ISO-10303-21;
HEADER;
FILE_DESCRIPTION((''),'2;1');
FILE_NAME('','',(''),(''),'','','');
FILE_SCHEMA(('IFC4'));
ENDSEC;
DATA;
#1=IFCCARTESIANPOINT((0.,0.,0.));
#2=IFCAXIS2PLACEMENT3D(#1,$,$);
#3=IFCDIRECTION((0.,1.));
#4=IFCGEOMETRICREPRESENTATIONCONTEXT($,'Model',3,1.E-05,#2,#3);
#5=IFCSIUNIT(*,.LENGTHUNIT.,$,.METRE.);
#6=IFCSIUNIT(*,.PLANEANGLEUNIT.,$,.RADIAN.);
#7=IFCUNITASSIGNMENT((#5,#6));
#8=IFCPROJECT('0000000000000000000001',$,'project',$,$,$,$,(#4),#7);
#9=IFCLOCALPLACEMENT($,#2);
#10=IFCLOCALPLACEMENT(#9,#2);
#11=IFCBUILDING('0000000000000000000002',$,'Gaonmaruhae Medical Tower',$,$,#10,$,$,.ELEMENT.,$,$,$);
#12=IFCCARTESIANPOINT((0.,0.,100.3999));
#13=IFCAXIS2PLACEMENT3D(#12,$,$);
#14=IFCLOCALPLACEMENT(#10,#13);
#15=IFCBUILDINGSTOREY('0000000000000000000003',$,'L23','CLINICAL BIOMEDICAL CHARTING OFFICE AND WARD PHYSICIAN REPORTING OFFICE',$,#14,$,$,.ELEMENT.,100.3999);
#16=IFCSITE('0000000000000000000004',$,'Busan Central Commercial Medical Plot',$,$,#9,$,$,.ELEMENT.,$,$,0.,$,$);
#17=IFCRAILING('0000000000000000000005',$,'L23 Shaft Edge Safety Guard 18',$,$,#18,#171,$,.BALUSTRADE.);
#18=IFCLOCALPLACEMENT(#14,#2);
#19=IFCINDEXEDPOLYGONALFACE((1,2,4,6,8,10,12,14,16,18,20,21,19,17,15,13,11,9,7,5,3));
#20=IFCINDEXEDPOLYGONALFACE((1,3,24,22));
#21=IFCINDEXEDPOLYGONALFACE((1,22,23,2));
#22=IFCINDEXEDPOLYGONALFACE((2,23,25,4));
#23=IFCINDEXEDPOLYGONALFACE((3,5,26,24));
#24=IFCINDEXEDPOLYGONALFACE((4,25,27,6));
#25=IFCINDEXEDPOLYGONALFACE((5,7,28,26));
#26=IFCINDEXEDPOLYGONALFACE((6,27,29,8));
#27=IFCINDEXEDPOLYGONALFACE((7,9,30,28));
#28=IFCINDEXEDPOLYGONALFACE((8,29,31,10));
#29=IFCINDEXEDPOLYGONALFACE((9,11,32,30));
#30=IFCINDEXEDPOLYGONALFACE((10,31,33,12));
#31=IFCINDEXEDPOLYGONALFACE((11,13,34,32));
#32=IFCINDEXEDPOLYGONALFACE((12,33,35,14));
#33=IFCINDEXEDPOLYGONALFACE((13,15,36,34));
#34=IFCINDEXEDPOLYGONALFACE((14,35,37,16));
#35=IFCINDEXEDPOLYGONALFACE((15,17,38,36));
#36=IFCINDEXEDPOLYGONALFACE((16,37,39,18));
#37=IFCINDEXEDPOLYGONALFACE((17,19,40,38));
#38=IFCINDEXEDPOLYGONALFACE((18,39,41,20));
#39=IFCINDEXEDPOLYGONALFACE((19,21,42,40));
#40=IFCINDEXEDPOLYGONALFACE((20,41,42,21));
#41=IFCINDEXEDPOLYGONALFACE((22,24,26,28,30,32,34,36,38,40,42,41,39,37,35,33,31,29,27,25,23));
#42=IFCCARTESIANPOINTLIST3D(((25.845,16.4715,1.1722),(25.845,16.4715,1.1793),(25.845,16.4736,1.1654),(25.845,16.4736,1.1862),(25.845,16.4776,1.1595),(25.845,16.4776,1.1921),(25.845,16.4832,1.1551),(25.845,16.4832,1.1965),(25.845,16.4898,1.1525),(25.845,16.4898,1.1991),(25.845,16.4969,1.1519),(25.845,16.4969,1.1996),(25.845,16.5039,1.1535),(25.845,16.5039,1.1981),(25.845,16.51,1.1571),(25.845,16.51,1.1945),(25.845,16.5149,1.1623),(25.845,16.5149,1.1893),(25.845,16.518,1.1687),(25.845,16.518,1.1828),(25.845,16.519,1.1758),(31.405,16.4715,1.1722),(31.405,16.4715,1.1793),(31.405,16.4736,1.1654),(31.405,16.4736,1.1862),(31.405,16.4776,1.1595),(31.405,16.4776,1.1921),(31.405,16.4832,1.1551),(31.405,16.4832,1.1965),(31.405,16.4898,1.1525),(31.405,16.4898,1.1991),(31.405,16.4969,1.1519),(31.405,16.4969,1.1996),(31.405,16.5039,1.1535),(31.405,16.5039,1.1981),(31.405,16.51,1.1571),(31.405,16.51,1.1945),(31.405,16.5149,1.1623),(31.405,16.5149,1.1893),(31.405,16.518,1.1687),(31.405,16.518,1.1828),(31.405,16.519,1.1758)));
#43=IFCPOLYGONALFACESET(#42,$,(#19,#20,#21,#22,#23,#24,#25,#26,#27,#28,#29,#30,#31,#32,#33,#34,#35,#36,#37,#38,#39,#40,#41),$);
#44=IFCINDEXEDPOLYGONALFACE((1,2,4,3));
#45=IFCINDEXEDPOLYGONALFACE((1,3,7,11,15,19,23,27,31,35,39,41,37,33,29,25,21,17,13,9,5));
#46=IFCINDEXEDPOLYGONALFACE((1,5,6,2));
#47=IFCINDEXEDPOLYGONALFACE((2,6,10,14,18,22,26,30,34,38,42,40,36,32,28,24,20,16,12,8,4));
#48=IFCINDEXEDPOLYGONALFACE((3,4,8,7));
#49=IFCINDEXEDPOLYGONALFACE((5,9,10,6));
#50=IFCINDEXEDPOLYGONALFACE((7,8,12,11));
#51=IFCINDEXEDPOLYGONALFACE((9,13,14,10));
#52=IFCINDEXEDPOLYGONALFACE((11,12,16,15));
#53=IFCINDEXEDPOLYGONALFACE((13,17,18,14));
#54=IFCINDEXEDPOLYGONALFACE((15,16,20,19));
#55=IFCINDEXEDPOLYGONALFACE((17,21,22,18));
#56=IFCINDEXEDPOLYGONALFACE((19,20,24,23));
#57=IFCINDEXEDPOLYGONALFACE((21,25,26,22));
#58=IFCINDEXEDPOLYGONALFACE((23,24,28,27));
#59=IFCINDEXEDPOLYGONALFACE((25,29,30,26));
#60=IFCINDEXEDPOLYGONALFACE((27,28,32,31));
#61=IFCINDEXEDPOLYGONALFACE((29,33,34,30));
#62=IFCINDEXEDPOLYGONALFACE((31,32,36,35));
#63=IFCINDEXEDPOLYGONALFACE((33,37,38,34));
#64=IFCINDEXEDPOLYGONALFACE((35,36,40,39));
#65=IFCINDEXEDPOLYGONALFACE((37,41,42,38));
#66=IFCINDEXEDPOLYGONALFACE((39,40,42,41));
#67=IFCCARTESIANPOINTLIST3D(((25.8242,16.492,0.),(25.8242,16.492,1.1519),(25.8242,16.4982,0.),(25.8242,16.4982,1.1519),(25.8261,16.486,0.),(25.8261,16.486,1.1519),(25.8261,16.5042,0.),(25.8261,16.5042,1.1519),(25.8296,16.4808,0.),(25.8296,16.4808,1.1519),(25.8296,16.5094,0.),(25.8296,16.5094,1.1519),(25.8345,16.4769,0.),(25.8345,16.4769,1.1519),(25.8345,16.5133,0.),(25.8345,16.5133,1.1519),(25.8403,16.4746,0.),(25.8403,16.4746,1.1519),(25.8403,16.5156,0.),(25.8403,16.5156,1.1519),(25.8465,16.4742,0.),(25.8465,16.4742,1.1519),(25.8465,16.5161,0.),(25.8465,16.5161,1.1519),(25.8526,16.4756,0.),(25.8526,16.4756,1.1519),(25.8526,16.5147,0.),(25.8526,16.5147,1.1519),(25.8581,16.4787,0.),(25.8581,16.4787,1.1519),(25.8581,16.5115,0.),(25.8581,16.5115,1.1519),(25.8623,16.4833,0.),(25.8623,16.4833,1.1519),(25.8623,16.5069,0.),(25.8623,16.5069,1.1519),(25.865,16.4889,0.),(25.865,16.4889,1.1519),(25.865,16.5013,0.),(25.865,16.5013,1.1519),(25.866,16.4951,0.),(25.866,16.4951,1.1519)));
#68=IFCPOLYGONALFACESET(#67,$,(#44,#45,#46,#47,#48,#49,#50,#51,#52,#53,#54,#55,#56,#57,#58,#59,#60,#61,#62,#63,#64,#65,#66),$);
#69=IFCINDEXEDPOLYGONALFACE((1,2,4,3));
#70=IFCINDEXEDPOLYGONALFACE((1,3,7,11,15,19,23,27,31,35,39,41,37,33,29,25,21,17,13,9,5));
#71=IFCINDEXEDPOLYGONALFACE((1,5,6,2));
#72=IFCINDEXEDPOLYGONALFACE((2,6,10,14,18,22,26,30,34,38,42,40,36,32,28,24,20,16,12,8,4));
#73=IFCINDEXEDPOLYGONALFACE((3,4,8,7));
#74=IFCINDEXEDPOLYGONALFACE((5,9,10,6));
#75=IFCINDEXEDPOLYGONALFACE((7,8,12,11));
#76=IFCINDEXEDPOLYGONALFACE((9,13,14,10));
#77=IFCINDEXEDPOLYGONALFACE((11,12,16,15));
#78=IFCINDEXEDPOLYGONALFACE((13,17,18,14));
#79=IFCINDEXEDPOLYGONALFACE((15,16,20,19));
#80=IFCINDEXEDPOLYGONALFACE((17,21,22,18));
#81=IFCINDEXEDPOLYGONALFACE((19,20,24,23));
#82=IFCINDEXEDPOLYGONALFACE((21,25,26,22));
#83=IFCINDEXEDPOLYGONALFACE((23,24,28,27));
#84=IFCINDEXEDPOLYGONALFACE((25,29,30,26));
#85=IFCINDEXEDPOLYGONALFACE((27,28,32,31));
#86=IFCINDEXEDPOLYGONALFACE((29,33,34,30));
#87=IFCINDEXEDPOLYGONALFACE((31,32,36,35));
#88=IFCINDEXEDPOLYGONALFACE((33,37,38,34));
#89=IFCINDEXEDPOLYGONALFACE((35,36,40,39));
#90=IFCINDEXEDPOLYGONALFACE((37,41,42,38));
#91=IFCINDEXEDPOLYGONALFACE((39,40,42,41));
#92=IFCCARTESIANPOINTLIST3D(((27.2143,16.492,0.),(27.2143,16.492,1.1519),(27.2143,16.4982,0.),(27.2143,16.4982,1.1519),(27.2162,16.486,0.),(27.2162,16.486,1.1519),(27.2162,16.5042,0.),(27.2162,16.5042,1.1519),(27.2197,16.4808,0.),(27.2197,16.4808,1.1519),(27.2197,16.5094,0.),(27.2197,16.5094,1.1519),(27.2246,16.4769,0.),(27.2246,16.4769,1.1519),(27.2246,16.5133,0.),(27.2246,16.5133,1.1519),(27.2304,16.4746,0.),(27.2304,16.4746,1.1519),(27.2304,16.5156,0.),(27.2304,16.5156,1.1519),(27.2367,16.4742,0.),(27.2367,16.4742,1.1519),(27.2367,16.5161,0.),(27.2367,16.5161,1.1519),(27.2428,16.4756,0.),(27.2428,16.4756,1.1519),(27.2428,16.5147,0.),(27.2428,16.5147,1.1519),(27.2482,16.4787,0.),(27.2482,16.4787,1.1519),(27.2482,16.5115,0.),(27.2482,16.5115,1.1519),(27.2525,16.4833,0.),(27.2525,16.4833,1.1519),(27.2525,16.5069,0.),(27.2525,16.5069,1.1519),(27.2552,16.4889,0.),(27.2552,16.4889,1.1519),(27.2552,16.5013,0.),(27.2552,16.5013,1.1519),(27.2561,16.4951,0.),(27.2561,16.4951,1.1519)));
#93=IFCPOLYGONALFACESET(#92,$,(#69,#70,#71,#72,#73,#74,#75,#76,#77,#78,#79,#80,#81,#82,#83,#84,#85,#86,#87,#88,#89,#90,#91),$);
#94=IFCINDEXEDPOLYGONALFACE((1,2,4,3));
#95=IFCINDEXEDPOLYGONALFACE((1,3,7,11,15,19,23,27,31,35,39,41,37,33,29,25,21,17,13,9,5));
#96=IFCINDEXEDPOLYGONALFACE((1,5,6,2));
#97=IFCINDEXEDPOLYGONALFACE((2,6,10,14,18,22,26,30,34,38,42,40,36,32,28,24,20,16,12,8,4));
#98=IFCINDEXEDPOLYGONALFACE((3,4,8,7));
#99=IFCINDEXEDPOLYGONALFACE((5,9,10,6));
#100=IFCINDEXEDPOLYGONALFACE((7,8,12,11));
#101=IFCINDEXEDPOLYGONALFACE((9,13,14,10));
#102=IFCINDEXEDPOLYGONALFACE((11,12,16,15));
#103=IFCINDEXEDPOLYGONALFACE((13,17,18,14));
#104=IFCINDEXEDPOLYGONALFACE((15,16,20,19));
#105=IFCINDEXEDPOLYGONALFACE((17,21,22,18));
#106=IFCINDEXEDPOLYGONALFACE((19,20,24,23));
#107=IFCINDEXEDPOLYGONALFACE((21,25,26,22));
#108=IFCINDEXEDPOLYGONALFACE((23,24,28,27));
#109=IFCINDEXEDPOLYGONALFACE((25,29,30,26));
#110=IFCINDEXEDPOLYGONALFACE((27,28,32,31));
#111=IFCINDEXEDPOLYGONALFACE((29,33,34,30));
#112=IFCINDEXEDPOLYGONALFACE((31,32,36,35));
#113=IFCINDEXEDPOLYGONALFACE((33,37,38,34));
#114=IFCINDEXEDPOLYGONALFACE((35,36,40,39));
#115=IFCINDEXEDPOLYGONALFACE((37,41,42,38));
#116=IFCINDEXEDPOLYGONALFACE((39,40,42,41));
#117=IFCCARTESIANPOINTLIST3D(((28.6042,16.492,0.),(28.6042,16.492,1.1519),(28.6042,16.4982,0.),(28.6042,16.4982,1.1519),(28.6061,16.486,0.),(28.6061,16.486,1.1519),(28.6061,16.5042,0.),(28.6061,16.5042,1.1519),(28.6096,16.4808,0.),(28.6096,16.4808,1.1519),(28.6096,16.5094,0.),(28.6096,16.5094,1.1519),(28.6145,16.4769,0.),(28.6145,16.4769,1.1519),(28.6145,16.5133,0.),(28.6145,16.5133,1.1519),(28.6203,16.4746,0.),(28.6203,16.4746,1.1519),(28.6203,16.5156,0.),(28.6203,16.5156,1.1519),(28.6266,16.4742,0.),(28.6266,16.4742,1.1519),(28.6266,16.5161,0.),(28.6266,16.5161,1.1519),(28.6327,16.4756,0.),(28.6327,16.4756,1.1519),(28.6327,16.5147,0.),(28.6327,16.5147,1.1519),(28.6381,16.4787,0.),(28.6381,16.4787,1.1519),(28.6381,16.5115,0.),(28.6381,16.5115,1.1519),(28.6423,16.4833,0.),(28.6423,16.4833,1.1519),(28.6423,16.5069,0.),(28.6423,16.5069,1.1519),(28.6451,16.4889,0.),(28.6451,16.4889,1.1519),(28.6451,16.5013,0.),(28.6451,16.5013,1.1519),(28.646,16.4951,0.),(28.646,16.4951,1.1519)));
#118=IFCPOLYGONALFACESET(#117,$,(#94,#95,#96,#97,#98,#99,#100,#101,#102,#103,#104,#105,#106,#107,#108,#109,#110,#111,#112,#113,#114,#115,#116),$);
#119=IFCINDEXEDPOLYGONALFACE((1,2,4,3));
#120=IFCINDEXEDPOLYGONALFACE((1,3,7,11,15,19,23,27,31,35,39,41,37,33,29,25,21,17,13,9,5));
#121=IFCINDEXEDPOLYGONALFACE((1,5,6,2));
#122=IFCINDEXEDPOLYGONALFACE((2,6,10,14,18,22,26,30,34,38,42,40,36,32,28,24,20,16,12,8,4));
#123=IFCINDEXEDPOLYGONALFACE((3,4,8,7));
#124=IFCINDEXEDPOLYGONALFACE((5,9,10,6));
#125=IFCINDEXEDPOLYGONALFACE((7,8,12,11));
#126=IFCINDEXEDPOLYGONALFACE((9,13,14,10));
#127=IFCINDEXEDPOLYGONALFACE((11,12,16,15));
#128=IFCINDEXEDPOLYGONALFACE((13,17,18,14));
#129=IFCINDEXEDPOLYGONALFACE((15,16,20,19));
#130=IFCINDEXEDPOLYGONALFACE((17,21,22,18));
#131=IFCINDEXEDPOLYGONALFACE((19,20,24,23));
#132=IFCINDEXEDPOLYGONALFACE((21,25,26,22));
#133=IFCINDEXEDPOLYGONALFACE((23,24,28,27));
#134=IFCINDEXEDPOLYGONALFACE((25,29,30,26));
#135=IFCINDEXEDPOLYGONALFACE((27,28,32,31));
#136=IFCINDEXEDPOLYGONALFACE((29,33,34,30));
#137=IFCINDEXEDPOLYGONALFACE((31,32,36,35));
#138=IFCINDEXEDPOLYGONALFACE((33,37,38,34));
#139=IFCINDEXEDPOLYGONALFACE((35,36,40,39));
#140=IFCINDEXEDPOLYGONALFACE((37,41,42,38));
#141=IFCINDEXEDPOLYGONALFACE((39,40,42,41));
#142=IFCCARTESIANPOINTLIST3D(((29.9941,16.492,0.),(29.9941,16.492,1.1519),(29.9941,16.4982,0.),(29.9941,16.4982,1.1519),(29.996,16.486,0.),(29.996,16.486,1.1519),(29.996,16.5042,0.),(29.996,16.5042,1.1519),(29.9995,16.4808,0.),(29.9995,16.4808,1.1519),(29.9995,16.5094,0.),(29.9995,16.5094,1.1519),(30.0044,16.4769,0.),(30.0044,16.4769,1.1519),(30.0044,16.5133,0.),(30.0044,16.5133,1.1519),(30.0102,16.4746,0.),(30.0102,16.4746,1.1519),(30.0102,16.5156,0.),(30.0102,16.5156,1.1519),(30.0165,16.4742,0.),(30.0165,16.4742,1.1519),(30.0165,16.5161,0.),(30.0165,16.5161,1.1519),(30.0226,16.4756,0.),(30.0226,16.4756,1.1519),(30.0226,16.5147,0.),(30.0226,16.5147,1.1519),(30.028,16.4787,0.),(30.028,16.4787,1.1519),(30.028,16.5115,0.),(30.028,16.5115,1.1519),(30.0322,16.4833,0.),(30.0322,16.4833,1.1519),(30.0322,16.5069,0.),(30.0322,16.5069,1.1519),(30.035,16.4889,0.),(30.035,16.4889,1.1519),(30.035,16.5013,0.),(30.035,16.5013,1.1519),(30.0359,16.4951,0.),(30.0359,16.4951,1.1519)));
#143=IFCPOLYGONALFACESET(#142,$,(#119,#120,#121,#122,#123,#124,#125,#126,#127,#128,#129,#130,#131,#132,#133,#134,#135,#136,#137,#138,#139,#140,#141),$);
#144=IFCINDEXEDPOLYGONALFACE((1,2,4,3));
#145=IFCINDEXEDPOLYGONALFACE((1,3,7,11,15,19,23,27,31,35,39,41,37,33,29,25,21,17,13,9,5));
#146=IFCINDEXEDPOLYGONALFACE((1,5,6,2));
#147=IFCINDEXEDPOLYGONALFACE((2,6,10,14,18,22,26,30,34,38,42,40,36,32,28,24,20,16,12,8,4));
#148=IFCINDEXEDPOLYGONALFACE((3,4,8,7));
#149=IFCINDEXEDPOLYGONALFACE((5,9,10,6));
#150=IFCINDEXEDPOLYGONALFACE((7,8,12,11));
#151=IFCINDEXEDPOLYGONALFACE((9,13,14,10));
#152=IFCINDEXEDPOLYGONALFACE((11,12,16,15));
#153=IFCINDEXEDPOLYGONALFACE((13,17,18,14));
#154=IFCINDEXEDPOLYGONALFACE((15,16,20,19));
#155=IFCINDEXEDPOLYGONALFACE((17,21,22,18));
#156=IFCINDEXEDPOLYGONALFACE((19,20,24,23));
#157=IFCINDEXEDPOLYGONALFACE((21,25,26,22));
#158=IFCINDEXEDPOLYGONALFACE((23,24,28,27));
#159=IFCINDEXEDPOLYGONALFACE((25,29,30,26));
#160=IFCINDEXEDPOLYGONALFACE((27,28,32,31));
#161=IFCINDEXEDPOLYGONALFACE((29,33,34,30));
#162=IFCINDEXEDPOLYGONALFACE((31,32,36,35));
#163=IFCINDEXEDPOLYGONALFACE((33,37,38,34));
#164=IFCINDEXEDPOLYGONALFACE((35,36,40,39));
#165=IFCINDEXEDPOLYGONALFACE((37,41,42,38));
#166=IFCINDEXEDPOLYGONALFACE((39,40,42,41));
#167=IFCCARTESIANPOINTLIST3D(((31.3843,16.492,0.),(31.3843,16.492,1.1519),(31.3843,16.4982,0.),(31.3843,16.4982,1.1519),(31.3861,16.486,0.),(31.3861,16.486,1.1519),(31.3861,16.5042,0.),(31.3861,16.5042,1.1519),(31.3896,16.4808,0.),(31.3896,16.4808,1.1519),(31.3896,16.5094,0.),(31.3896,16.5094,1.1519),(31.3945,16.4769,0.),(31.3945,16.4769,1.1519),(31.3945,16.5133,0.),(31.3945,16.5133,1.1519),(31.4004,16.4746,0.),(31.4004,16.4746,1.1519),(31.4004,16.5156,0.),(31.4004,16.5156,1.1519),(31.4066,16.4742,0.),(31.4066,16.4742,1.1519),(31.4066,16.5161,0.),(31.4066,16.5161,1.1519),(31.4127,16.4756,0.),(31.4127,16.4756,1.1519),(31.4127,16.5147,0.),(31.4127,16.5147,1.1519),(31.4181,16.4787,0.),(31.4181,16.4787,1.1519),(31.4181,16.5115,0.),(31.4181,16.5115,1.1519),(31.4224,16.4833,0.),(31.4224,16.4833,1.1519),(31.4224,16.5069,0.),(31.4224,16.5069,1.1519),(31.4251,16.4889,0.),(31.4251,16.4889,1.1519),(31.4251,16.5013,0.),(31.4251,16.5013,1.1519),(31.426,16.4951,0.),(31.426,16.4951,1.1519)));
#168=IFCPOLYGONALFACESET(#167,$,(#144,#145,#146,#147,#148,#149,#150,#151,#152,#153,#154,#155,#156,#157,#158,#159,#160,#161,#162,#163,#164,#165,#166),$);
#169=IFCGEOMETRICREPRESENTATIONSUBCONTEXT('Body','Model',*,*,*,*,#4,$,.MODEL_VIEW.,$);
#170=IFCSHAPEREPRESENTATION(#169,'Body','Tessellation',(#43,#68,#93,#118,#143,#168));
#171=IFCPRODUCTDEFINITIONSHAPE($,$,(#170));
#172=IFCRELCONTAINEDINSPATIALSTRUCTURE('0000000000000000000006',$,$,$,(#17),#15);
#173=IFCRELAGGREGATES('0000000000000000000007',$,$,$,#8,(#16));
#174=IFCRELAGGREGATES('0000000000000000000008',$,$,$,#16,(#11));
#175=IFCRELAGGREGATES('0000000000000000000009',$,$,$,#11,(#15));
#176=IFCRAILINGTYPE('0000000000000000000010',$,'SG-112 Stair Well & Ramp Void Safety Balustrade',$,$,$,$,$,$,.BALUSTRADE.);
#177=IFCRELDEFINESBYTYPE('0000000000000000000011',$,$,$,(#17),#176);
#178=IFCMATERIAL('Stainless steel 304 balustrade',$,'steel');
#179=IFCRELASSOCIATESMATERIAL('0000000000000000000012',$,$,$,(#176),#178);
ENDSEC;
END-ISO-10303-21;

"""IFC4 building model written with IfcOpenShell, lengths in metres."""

from ifc_helpers import new_model, si_unit, direction, frame, origin, origin_2d, place, context, subcontext, project, spatial, circle, extrude, material, type_object, element, save


model = new_model("IFC4")

# Units and contexts
model_context = context("Model", 3, precision=1e-05, world=origin(), true_north=direction((0.0, 1.0)))
body_context = subcontext(model_context, "Body", "Model", "MODEL_VIEW")
ifc_project = project(units=[si_unit("LENGTHUNIT", "METRE"), si_unit("PLANEANGLEUNIT", "RADIAN")], contexts=[model_context])

# Site, building, storey
site_placement = place(None, origin())
site = spatial("IfcSite", under=ifc_project, at=site_placement, Name="Busan Central Commercial Medical Plot", CompositionType="ELEMENT", RefElevation=0.0)
building_placement = place(site_placement, origin())
building = spatial("IfcBuilding", under=site, at=building_placement, Name="Gaonmaruhae Medical Tower", CompositionType="ELEMENT")
storey_placement = place(building_placement, frame((0.0, 0.0, 100.3999)))
storey = spatial("IfcBuildingStorey", under=building, at=storey_placement, Name="L23", Description="CLINICAL BIOMEDICAL CHARTING OFFICE AND WARD PHYSICIAN REPORTING OFFICE", CompositionType="ELEMENT", Elevation=100.3999)

# Railing
ifc_material_1 = material(Name="Stainless steel 304 balustrade", Category="steel")
railing_type_1 = type_object("IfcRailingType", Name="SG-112 Stair Well & Ramp Void Safety Balustrade", PredefinedType="BALUSTRADE", material=ifc_material_1)
railing_1_placement = place(storey_placement, frame((25.845, 16.4951, 0.0)))
element("IfcRailing", 1, at=railing_1_placement, inside=storey, type_object=railing_type_1, Name="L23 Shaft Edge Safety Guard 18", PredefinedType="BALUSTRADE", context=body_context, shape_type="SweptSolid", body=[
    extrude(circle(Radius=0.0239, at=origin_2d()), frame((0.0, 0.0, 1.1758), z_axis=(1.0, 0.0, 0.0), x_axis=(0.0, 1.0, 0.0)), (0.0, 0.0, 1.0), 5.5601),
    extrude(circle(Radius=0.021, at=origin_2d()), origin(), (0.0, 0.0, 1.0), 1.1519),
    extrude(circle(Radius=0.021, at=origin_2d()), frame((1.3901, 0.0, 0.0)), (0.0, 0.0, 1.0), 1.1519),
    extrude(circle(Radius=0.021, at=origin_2d()), frame((2.78, 0.0, 0.0)), (0.0, 0.0, 1.0), 1.1519),
    extrude(circle(Radius=0.021, at=origin_2d()), frame((4.1699, 0.0, 0.0)), (0.0, 0.0, 1.0), 1.1519),
    extrude(circle(Radius=0.021, at=origin_2d()), frame((5.5601, 0.0, 0.0)), (0.0, 0.0, 1.0), 1.1519),
])

save(model, "model.ifc")
